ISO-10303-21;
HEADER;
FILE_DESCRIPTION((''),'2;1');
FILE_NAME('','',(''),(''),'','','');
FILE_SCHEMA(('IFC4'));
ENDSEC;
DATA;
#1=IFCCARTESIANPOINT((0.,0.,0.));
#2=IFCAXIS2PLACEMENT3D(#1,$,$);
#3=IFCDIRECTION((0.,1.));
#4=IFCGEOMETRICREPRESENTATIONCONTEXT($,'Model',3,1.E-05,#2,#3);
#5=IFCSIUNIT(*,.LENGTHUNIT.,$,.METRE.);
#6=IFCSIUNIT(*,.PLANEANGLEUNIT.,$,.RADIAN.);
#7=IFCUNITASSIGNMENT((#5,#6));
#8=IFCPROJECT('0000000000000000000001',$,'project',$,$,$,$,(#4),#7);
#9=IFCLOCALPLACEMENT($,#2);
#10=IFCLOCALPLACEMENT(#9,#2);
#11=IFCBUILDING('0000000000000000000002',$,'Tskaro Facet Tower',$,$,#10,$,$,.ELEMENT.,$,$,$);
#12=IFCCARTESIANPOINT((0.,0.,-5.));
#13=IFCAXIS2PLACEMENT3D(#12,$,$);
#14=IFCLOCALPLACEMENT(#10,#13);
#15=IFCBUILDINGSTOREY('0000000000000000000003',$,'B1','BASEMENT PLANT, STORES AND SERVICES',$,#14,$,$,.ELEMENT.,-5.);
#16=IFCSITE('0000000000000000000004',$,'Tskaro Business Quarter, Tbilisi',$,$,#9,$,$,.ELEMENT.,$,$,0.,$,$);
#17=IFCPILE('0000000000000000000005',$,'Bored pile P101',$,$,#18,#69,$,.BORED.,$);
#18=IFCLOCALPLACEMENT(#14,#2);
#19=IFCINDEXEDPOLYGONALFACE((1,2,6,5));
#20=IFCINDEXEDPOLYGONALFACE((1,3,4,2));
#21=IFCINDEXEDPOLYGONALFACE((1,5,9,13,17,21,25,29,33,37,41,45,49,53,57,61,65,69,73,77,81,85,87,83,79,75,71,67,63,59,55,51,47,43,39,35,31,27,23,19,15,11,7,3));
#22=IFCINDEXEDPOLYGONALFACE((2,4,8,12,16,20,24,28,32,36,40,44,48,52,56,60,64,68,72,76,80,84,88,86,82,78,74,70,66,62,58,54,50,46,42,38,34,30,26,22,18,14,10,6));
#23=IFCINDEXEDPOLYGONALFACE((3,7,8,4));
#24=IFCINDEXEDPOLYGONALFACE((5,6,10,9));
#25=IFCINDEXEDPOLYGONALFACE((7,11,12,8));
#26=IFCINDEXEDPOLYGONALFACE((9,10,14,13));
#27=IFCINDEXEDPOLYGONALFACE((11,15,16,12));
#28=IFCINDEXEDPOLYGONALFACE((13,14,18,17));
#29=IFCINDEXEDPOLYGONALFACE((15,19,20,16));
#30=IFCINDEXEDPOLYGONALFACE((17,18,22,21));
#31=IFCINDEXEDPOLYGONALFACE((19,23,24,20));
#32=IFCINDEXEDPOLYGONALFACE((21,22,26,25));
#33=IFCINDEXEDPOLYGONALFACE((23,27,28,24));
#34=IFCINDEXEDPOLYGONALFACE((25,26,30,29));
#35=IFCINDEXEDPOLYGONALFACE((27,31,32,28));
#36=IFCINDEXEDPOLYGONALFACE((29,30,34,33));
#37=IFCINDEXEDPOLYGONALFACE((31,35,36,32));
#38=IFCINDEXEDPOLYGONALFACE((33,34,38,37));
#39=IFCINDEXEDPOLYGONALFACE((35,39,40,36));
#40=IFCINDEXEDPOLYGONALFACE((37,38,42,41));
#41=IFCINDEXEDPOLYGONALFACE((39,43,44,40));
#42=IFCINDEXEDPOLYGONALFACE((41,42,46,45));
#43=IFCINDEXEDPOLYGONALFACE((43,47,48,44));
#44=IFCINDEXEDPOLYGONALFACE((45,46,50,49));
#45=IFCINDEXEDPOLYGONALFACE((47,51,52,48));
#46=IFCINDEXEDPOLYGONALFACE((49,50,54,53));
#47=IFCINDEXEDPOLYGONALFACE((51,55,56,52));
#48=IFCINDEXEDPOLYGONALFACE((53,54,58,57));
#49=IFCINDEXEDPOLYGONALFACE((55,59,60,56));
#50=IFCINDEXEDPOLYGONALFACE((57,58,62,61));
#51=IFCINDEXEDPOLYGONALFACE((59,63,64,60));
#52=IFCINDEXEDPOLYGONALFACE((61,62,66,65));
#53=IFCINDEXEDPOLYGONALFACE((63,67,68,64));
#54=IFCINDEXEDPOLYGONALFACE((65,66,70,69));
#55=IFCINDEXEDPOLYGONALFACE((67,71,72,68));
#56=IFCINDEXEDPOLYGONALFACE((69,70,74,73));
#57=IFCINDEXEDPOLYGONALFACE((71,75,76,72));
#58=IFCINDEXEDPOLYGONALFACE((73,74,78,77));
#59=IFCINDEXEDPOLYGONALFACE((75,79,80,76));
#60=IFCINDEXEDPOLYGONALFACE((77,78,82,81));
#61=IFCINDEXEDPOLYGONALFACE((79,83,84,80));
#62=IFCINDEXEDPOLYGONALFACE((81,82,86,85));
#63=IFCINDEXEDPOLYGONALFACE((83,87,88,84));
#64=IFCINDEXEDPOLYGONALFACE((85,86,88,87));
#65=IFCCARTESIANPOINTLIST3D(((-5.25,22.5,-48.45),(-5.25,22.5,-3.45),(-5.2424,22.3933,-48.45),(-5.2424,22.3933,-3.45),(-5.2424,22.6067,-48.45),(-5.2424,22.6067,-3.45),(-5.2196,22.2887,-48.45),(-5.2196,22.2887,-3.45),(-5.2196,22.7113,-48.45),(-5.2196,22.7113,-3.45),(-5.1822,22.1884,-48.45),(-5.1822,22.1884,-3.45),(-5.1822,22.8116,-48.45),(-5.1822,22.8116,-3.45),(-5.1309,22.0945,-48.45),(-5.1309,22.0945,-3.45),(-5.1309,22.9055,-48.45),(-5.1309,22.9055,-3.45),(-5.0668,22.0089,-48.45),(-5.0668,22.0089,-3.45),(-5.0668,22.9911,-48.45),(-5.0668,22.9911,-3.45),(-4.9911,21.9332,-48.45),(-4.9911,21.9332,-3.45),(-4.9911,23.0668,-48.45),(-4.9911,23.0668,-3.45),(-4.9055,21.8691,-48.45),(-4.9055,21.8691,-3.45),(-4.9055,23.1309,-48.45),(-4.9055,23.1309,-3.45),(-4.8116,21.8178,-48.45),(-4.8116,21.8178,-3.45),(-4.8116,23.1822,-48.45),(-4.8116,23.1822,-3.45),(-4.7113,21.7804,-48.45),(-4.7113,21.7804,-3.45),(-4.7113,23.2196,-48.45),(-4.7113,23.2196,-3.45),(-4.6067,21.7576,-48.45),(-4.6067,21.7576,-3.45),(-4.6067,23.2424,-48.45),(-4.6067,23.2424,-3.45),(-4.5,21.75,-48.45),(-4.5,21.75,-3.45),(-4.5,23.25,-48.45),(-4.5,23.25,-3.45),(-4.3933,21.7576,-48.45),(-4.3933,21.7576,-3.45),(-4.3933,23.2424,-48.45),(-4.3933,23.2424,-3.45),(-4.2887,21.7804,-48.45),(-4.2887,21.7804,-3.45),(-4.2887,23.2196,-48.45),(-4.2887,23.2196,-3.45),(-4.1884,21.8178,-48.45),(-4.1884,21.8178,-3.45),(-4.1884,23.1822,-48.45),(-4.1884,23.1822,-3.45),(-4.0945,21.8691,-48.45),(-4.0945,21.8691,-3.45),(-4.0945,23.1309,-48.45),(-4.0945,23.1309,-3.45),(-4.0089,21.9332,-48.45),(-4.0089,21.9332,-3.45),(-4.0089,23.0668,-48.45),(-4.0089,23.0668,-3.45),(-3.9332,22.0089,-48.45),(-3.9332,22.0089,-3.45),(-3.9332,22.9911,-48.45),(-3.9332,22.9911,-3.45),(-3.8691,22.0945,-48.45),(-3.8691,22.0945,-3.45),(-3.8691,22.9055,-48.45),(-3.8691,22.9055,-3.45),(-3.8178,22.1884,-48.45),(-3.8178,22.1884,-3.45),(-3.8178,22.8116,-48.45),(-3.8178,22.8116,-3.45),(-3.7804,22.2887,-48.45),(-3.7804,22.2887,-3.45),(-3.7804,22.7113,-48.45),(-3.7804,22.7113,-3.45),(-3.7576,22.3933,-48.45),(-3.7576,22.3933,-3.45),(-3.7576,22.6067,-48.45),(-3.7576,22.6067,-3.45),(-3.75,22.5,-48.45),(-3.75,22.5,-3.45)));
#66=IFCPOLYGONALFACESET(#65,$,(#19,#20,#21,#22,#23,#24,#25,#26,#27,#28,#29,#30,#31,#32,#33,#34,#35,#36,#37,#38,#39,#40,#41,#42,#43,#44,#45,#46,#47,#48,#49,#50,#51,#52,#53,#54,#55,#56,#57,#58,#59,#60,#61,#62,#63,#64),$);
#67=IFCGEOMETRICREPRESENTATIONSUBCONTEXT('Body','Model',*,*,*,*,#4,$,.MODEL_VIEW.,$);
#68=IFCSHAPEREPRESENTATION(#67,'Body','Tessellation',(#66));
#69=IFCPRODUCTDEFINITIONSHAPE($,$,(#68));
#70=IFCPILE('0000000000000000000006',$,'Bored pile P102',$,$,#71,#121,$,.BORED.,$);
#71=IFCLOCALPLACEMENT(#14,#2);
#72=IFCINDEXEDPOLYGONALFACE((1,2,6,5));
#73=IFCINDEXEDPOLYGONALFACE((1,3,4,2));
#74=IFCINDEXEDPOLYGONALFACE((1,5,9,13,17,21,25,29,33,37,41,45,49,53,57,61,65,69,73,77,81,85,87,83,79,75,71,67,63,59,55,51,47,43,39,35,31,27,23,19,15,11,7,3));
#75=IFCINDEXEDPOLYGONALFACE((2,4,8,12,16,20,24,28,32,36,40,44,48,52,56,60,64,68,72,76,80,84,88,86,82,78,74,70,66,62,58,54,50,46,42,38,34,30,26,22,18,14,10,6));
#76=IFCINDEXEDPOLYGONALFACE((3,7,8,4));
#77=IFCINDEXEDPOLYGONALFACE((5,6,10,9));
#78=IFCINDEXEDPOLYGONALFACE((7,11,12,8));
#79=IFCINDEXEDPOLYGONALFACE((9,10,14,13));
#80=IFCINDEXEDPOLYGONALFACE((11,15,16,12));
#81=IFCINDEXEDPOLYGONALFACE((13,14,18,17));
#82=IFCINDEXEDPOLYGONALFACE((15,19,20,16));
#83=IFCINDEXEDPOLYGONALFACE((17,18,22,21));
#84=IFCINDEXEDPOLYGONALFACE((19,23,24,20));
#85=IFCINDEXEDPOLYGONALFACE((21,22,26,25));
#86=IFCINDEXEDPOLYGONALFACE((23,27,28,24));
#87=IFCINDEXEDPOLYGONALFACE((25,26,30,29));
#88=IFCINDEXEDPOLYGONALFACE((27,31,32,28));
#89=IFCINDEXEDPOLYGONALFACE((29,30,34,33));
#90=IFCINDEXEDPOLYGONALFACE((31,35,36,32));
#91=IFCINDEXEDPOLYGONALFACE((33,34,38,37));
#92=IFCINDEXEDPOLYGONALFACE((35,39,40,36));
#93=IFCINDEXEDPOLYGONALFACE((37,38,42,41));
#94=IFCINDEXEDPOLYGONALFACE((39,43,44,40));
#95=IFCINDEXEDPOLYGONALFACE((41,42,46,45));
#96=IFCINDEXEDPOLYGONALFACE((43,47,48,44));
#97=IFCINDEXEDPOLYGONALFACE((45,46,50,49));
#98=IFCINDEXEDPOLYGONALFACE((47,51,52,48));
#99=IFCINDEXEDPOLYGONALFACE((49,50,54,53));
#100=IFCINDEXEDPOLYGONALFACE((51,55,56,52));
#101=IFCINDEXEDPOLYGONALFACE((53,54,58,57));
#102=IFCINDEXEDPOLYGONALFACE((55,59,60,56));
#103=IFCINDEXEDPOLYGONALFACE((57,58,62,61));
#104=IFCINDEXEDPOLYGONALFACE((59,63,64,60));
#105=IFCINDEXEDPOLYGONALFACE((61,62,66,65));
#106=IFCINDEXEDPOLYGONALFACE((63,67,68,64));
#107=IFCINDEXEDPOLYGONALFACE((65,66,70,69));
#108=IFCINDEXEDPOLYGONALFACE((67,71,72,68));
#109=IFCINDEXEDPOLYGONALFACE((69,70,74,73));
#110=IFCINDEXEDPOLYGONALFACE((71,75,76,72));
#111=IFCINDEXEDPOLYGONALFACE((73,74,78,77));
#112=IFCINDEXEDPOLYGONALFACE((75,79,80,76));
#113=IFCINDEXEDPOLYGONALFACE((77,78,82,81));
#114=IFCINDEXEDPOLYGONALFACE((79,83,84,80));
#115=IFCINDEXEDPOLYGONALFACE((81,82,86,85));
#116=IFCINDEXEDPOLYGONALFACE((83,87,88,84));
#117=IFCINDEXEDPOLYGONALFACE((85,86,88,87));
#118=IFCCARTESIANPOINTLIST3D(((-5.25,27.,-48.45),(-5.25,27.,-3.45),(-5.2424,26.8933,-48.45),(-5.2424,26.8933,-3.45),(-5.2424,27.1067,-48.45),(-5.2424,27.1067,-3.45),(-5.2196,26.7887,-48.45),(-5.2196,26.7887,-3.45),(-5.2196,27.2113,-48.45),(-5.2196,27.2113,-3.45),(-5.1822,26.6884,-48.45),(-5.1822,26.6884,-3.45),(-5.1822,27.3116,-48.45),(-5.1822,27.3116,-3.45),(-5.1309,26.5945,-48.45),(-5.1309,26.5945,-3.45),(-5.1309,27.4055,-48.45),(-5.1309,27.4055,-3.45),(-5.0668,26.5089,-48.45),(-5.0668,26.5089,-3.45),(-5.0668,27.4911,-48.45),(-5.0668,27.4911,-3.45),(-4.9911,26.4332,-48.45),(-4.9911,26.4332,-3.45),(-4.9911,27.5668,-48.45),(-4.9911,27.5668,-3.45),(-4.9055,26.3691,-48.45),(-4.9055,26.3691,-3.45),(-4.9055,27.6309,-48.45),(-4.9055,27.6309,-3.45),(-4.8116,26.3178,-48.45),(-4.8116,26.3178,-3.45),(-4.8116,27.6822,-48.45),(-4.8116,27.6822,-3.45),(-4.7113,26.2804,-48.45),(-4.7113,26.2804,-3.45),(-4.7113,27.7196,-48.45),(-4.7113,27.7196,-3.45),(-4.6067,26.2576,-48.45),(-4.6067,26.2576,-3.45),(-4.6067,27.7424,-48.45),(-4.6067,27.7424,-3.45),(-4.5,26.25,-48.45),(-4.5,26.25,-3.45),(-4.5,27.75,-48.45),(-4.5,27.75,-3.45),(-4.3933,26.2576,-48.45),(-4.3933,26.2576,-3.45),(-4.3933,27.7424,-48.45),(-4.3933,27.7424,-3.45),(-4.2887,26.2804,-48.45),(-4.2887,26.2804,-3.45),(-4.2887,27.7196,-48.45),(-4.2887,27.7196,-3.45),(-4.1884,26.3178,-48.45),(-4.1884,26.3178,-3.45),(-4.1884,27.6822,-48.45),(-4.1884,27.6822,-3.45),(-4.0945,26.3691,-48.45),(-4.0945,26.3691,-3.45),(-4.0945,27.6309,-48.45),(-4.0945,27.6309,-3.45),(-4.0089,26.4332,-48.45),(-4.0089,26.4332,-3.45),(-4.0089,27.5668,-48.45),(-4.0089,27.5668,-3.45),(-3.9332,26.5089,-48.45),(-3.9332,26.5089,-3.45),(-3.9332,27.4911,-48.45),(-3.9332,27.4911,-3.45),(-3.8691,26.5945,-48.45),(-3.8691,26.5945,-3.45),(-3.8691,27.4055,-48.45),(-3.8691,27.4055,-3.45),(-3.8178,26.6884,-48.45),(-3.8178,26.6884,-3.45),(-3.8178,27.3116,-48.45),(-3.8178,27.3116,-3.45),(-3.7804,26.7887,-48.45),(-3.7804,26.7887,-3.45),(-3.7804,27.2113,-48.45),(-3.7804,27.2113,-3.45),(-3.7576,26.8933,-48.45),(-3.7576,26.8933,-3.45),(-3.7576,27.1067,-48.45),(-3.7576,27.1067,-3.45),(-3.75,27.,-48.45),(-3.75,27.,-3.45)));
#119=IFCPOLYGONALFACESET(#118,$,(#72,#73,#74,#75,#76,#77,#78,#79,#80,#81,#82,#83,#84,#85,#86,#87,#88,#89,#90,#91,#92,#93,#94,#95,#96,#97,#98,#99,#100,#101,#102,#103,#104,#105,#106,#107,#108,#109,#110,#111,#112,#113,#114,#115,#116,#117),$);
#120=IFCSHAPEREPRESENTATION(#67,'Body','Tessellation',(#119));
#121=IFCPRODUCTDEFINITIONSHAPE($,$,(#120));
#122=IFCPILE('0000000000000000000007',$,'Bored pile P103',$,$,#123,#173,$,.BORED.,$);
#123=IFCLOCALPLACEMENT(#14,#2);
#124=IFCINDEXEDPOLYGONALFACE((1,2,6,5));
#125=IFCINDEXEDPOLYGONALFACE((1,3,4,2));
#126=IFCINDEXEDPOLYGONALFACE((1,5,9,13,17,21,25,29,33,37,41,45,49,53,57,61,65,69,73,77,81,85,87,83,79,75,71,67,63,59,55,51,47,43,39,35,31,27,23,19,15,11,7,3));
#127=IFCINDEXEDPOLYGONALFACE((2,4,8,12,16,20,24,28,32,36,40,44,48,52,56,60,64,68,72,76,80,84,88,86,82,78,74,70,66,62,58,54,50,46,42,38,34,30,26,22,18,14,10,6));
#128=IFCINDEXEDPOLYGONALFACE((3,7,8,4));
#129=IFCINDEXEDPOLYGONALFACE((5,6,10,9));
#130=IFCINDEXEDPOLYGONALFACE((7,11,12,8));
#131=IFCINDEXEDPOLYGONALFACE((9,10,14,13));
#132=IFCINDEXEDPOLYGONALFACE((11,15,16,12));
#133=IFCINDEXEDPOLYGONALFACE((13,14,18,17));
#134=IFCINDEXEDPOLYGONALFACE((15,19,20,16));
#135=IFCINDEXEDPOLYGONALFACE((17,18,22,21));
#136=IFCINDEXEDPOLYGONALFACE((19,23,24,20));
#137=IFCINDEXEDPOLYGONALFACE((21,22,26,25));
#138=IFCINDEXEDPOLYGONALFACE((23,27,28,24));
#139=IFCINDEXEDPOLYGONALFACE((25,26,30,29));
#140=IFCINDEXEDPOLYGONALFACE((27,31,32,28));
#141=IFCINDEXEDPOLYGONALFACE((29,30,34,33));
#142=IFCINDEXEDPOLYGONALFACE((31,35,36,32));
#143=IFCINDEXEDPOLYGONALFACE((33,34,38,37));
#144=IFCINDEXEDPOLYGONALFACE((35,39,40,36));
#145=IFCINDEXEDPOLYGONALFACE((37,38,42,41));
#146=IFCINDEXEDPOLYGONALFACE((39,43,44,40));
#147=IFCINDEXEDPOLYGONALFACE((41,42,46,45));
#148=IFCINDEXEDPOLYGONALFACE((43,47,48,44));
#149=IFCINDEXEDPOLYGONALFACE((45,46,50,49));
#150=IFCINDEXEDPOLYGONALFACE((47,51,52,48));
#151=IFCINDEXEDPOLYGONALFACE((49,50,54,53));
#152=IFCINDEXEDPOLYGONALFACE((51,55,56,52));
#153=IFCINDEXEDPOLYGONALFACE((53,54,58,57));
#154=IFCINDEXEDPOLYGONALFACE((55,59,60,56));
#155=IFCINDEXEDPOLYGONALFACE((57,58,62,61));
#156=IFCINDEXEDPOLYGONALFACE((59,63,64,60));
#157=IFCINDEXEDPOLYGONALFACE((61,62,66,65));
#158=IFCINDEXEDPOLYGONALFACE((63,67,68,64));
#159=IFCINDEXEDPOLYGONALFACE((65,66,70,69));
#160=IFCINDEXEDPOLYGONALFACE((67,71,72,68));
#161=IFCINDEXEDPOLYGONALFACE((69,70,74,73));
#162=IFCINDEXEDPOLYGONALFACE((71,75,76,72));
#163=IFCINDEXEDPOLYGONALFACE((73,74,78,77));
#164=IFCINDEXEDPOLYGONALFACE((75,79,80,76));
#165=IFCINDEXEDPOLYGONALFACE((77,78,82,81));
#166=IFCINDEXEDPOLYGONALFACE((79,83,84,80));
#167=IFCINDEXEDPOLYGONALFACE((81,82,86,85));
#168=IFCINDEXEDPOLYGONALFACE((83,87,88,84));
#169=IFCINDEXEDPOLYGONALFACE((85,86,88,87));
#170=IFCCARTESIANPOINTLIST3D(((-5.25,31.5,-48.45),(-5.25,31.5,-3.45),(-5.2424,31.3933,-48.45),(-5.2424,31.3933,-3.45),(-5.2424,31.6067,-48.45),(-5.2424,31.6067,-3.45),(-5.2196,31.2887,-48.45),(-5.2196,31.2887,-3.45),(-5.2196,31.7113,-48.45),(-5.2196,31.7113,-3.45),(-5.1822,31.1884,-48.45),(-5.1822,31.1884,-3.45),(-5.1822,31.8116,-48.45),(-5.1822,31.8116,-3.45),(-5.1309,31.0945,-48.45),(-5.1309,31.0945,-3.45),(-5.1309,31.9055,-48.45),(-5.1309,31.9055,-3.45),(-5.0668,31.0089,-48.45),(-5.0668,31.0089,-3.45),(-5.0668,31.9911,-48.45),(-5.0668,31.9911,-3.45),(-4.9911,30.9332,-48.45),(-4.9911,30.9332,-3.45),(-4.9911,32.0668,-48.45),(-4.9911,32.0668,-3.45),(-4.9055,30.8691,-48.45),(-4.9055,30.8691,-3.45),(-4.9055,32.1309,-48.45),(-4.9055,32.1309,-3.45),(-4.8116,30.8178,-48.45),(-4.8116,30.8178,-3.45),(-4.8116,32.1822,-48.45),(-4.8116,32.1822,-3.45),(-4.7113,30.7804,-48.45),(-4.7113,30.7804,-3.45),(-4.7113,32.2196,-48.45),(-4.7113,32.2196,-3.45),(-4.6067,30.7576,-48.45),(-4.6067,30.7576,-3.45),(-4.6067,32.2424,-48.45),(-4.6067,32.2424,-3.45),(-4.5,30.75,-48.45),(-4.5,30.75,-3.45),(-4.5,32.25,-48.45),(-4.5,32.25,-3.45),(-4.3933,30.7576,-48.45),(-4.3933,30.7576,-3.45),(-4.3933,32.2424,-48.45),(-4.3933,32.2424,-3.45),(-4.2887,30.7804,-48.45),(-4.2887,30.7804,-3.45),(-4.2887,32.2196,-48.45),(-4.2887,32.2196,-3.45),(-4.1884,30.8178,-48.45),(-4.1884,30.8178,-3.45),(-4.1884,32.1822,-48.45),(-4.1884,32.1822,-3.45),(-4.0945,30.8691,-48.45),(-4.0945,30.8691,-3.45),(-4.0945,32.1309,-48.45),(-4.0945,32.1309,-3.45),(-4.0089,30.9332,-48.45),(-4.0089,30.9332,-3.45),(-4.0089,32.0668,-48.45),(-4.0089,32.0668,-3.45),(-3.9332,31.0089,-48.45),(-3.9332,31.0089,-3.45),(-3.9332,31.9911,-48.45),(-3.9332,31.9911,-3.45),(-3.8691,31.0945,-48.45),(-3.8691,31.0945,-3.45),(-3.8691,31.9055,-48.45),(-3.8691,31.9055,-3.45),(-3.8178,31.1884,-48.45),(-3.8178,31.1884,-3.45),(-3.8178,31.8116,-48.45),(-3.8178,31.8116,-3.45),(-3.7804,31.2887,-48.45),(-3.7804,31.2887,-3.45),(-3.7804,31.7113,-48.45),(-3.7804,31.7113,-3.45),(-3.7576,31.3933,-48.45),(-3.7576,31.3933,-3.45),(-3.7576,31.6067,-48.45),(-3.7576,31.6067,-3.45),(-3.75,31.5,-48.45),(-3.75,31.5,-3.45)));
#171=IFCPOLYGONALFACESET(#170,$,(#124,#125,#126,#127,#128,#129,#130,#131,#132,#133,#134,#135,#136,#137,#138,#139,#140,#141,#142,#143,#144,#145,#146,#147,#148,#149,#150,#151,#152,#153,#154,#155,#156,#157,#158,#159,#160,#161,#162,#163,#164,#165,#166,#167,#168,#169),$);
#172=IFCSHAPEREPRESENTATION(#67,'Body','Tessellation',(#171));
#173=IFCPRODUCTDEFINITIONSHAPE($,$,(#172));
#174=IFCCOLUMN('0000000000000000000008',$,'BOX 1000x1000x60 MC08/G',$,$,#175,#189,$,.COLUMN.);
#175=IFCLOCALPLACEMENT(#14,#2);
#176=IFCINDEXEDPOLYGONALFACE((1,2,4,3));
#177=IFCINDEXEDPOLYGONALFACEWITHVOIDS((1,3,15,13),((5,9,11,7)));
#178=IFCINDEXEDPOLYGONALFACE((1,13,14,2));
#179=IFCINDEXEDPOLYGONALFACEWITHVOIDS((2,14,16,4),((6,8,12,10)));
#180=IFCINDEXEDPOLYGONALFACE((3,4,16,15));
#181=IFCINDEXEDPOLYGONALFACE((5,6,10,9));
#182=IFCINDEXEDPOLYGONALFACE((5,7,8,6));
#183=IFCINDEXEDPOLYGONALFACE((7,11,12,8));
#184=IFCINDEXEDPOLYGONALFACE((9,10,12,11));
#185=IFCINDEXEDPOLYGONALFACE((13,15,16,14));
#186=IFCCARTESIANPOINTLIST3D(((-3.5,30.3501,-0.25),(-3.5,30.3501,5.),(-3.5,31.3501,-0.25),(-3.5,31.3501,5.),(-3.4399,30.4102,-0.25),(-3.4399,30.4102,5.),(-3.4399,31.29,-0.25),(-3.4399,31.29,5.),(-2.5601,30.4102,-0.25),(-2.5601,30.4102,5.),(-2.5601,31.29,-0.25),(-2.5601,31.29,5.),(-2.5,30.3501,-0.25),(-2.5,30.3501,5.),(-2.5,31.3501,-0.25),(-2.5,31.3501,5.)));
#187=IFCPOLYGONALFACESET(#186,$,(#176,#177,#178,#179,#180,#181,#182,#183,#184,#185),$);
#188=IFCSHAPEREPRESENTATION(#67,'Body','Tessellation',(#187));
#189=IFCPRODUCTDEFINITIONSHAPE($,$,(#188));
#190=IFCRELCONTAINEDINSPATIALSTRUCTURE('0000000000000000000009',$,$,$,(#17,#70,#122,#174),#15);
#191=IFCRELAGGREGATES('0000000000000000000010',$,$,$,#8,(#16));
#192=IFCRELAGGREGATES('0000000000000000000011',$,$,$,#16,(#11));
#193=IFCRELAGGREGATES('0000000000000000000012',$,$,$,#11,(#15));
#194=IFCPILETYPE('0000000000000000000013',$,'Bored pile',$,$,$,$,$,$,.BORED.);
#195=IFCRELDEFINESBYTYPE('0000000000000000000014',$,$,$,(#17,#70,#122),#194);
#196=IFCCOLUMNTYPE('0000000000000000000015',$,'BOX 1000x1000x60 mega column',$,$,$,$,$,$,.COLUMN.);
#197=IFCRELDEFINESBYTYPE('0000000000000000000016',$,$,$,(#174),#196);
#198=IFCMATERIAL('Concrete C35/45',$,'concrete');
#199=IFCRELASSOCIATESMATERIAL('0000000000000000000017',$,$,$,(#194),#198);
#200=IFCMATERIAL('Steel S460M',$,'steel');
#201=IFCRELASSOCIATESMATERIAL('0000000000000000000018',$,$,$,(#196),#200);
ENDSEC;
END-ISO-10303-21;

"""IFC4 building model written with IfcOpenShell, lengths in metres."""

from ifc_helpers import new_model, si_unit, direction, frame, origin, origin_2d, place, context, subcontext, project, spatial, hollow_rectangle, circle, extrude, material, material_profile, profile_set, type_object, element, save


model = new_model("IFC4")

# Units and contexts
model_context = context("Model", 3, precision=1e-05, world=origin(), true_north=direction((0.0, 1.0)))
body_context = subcontext(model_context, "Body", "Model", "MODEL_VIEW")
ifc_project = project(units=[si_unit("LENGTHUNIT", "METRE"), si_unit("PLANEANGLEUNIT", "RADIAN")], contexts=[model_context])

# Site, building, storey
site_placement = place(None, origin())
site = spatial("IfcSite", under=ifc_project, at=site_placement, Name="Tskaro Business Quarter, Tbilisi", CompositionType="ELEMENT", RefElevation=0.0)
building_placement = place(site_placement, origin())
building = spatial("IfcBuilding", under=site, at=building_placement, Name="Tskaro Facet Tower", CompositionType="ELEMENT")
storey_placement = place(building_placement, frame((0.0, 0.0, -5.0)))
storey = spatial("IfcBuildingStorey", under=building, at=storey_placement, Name="B1", Description="BASEMENT PLANT, STORES AND SERVICES", CompositionType="ELEMENT", Elevation=-5.0)

# Piles
ifc_material_1 = material(Name="Concrete C35/45", Category="concrete")
ifc_material_profile_1 = material_profile(ifc_material_1, circle(Radius=0.75, at=origin_2d()), Name="Bored pile")
ifc_profile_set_1 = profile_set([ifc_material_profile_1], Name="Concrete C35/45")
pile_type = type_object("IfcPileType", Name="Bored pile", PredefinedType="BORED", material=ifc_profile_set_1)
for number, where, z_axis, x_axis, name in (
    (1, (-4.5, 22.5, -3.45), (0.0, 0.0, -1.0), (1.0, 0.0, 0.0), "Bored pile P101"),
    (2, (-4.5, 27.0, -3.45), (0.0, 0.0, -1.0), (1.0, 0.0, 0.0), "Bored pile P102"),
    (3, (-4.5, 31.5, -3.45), (0.0, 0.0, -1.0), (1.0, 0.0, 0.0), "Bored pile P103"),
):
    element("IfcPile", number, at=place(storey_placement, frame(where, z_axis=z_axis, x_axis=x_axis)), inside=storey, type_object=pile_type, Name=name, PredefinedType="BORED", context=body_context, shape_type="SweptSolid", body=[
        extrude(circle(Radius=0.75, at=origin_2d()), origin(), (0.0, 0.0, 1.0), 45.0),
    ])

# Column
ifc_material_2 = material(Name="Steel S460M", Category="steel")
ifc_material_profile_2 = material_profile(ifc_material_2, hollow_rectangle(XDim=1.0, YDim=1.0, WallThickness=0.0601, at=origin_2d()), Name="BOX 1000x1000x60")
ifc_profile_set_2 = profile_set([ifc_material_profile_2], Name="Steel S460M")
column_type_1 = type_object("IfcColumnType", Name="BOX 1000x1000x60 mega column", PredefinedType="COLUMN", material=ifc_profile_set_2)
column_1_placement = place(storey_placement, frame((-3.0, 30.8501, -0.25), z_axis=(0.0, 0.0, 1.0), x_axis=(1.0, 0.0, 0.0)))
element("IfcColumn", 4, at=column_1_placement, inside=storey, type_object=column_type_1, Name="BOX 1000x1000x60 MC08/G", PredefinedType="COLUMN", context=body_context, shape_type="SweptSolid", body=[
    extrude(hollow_rectangle(XDim=1.0, YDim=1.0, WallThickness=0.0601, at=origin_2d()), origin(), (0.0, 0.0, 1.0), 5.25),
])

save(model, "model.ifc")
